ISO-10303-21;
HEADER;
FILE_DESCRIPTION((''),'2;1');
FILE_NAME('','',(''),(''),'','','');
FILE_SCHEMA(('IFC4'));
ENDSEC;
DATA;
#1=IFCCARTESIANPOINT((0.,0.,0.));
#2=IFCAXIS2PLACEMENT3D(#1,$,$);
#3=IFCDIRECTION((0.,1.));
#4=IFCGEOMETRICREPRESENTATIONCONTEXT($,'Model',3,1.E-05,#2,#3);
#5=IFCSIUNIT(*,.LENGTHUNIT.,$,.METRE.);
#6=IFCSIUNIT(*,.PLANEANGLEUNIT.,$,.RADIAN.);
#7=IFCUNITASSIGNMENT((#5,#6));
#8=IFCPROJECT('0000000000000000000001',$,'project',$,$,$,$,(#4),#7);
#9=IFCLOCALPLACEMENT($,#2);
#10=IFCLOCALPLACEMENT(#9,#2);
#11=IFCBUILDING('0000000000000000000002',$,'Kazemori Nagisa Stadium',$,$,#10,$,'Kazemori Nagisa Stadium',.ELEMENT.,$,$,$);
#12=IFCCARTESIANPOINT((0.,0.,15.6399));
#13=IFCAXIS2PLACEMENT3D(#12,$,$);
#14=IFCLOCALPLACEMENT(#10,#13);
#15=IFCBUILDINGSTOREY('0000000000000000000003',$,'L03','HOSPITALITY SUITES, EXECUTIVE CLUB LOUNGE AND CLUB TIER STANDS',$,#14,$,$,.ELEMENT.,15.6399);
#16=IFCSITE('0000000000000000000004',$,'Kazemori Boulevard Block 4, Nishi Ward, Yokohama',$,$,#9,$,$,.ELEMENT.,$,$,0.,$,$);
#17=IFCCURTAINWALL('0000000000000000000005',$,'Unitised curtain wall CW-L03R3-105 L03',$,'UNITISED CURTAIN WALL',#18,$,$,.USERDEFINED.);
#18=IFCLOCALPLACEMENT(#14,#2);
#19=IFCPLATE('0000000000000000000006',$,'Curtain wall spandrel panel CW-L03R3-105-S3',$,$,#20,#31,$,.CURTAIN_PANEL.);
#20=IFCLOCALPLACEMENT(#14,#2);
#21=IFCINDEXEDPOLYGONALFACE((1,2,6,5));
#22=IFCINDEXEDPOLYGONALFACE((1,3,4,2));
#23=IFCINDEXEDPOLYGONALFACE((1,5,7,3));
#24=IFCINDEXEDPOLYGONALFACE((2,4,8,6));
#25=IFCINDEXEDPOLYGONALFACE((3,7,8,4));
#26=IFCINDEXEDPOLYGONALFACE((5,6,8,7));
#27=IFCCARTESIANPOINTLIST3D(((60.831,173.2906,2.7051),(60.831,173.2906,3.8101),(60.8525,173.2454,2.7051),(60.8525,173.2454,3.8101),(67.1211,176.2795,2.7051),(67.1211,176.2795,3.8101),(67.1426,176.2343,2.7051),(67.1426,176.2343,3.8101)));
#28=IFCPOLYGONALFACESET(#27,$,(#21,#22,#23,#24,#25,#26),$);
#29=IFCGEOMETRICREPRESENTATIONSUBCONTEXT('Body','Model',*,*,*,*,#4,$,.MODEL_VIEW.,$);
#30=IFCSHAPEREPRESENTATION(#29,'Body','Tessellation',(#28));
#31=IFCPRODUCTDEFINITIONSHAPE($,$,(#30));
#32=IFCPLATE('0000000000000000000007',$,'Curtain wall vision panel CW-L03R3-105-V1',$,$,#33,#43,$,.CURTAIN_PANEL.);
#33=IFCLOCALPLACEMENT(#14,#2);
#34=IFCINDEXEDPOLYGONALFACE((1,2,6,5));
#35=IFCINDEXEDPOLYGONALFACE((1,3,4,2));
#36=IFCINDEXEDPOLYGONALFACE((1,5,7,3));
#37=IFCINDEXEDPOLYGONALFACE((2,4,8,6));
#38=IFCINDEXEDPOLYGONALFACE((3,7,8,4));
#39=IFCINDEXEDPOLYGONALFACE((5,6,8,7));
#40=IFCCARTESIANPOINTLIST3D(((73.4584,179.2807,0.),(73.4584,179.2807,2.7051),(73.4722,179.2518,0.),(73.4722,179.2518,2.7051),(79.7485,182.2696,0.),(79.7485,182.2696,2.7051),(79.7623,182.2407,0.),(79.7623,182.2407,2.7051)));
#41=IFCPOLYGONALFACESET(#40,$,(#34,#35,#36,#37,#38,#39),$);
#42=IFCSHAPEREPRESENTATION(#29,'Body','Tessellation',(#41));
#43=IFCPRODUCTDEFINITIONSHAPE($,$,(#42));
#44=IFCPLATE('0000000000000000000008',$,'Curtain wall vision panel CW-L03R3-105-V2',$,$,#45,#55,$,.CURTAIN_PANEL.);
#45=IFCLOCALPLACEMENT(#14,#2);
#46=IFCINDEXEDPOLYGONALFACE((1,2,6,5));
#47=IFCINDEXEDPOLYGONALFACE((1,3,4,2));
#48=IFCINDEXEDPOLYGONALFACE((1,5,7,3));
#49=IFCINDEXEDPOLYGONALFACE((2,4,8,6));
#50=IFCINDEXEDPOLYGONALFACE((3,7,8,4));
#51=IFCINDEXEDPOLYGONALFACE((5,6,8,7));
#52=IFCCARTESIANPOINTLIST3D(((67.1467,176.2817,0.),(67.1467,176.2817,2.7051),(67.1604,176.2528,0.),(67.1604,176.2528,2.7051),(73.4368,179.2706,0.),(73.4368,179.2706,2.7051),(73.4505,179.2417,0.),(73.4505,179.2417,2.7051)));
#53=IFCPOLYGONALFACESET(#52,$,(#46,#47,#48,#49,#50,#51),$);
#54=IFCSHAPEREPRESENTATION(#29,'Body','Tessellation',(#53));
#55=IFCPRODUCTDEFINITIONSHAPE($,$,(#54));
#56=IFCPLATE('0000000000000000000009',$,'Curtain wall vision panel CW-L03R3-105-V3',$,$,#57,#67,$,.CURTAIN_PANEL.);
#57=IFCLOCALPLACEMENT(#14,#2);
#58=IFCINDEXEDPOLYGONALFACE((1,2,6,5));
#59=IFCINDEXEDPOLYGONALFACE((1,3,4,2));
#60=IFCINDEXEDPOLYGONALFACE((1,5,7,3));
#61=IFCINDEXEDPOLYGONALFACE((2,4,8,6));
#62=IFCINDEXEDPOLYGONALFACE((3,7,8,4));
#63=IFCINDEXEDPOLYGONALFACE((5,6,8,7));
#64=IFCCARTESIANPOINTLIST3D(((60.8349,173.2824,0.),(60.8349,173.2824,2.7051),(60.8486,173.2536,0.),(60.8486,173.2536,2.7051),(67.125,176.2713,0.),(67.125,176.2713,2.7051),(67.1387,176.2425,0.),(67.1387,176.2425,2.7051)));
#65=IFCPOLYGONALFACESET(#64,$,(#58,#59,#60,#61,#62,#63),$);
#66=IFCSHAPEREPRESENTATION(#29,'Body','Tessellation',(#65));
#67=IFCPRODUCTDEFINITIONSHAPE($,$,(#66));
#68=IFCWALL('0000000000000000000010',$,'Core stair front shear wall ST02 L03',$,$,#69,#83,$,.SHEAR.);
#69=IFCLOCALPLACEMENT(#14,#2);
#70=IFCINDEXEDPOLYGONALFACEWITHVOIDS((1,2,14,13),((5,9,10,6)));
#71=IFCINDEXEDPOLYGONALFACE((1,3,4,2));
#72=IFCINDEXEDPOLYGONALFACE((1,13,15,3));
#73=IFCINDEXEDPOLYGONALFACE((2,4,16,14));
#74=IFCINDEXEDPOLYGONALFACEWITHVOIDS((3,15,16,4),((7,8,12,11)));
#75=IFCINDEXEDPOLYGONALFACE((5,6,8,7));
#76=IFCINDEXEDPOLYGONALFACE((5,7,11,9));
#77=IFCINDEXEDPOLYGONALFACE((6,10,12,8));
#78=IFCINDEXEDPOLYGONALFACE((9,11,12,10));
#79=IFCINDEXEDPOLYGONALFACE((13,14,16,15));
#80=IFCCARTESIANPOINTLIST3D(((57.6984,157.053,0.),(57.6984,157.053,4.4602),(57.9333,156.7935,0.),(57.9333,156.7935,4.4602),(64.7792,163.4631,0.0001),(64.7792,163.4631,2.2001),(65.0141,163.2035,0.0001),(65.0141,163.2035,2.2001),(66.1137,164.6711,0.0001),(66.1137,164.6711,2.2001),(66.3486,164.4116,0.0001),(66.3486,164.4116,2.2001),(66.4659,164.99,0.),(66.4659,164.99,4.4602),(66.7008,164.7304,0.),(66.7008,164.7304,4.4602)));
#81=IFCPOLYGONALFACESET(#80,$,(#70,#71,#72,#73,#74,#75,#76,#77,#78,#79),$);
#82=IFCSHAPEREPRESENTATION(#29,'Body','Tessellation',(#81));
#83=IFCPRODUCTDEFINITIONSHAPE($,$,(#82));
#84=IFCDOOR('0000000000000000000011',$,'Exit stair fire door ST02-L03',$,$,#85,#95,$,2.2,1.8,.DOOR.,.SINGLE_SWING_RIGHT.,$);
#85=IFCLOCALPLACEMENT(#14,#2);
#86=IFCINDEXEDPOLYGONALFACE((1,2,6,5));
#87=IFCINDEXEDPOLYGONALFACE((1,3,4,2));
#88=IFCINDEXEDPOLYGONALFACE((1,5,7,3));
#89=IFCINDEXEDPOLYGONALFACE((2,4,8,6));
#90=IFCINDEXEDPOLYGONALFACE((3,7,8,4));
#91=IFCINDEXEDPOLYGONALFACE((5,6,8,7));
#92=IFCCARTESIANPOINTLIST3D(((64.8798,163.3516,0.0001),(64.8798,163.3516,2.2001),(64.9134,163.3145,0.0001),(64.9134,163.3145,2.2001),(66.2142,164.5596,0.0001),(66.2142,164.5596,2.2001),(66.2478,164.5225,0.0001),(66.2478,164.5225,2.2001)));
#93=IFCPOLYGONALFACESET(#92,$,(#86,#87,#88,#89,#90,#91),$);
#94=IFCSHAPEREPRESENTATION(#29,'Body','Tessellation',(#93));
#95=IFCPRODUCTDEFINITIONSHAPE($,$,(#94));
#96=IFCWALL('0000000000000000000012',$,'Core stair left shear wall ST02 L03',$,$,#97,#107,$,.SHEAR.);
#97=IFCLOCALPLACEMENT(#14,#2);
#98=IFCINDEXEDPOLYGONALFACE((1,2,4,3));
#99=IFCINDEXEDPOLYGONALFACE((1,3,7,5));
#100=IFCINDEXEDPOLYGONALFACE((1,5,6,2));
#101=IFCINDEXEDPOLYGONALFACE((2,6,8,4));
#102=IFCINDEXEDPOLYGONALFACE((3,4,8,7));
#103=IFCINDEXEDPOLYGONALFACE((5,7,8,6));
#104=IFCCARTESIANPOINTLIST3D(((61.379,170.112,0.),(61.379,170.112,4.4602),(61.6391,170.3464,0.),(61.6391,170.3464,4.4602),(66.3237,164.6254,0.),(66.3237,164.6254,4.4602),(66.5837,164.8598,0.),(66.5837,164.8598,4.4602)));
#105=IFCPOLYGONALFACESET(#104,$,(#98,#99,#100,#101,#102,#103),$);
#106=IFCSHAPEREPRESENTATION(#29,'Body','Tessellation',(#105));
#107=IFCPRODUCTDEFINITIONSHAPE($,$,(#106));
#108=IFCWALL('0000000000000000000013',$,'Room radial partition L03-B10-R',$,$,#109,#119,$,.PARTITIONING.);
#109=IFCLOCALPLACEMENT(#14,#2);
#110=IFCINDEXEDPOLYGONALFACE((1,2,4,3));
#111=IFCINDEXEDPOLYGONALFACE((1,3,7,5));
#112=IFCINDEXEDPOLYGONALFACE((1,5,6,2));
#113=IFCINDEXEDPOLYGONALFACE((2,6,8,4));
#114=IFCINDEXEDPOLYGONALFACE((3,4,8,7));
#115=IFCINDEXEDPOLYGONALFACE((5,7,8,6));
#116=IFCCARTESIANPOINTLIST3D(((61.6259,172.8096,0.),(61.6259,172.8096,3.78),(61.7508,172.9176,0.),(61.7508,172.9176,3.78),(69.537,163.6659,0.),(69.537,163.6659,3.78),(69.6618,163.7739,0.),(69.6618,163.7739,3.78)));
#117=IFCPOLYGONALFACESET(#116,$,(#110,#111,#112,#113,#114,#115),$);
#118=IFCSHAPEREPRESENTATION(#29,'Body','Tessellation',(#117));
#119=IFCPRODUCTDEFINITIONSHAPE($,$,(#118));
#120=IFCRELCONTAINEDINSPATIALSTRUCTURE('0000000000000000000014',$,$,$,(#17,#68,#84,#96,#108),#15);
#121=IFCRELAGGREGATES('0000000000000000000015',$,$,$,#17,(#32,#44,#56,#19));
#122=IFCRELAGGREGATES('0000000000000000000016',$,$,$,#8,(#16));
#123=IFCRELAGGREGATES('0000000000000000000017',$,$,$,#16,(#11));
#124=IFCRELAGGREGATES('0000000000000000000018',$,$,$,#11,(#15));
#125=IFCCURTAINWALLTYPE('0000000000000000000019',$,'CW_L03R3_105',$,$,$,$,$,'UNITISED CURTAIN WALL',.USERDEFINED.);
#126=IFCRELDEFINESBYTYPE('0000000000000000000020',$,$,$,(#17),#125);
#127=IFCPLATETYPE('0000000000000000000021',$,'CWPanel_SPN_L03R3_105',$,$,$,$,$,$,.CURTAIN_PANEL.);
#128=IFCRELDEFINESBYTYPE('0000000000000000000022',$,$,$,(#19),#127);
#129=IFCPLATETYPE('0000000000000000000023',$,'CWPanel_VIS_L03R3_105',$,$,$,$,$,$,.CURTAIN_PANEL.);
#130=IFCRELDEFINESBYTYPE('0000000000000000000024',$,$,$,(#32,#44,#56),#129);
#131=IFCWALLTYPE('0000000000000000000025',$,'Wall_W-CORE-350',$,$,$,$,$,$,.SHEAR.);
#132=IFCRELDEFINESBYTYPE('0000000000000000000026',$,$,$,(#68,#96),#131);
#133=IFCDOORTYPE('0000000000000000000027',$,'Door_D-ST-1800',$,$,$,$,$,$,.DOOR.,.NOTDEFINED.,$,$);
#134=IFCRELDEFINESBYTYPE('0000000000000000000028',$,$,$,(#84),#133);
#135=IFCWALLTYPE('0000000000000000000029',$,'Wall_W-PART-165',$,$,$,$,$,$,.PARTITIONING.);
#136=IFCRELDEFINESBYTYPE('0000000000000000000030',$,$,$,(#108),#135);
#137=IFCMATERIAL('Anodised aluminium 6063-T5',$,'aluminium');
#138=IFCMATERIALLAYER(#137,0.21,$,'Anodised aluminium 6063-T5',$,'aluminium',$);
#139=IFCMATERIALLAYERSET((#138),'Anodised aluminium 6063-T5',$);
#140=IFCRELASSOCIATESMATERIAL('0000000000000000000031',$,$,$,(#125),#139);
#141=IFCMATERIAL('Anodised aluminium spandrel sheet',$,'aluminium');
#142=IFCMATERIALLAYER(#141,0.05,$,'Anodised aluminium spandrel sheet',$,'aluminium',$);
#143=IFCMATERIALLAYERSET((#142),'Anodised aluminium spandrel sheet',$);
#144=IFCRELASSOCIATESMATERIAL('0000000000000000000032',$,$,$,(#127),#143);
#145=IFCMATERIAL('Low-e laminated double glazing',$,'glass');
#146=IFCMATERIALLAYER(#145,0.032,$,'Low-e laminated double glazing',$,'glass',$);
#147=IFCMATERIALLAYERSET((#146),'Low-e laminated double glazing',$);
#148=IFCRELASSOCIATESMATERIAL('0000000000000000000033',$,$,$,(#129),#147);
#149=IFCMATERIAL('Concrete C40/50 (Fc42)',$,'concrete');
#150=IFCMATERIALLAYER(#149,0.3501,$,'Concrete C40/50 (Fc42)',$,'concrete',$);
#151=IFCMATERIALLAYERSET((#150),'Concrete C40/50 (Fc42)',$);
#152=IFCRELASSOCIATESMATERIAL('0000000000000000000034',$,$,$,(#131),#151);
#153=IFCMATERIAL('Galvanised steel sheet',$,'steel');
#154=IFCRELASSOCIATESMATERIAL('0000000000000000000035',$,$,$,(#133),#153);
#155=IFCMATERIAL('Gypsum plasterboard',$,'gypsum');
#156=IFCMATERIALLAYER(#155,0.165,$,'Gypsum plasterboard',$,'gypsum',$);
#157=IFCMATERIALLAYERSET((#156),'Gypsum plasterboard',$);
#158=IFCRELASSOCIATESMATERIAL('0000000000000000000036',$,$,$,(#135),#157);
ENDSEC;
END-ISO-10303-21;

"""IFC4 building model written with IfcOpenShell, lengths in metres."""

from ifc_helpers import new_model, si_unit, direction, frame, frame_2d, origin, origin_2d, place, context, subcontext, project, spatial, rectangle, extrude, material, layer, layer_set, type_object, element, fill, aggregate, save


model = new_model("IFC4")

# Units and contexts
model_context = context("Model", 3, precision=1e-05, world=origin(), true_north=direction((0.0, 1.0)))
body_context = subcontext(model_context, "Body", "Model", "MODEL_VIEW")
ifc_project = project(units=[si_unit("LENGTHUNIT", "METRE"), si_unit("PLANEANGLEUNIT", "RADIAN")], contexts=[model_context])

# Site, building, storey
site_placement = place(None, origin())
site = spatial("IfcSite", under=ifc_project, at=site_placement, Name="Kazemori Boulevard Block 4, Nishi Ward, Yokohama", CompositionType="ELEMENT", RefElevation=0.0)
building_placement = place(site_placement, origin())
building = spatial("IfcBuilding", under=site, at=building_placement, Name="Kazemori Nagisa Stadium", LongName="Kazemori Nagisa Stadium", CompositionType="ELEMENT")
storey_placement = place(building_placement, frame((0.0, 0.0, 15.6399)))
storey = spatial("IfcBuildingStorey", under=building, at=storey_placement, Name="L03", Description="HOSPITALITY SUITES, EXECUTIVE CLUB LOUNGE AND CLUB TIER STANDS", CompositionType="ELEMENT", Elevation=15.6399)

# Shared definitions
ifc_material_1 = material(Name="Concrete C40/50 (Fc42)", Category="concrete")

# Curtain wall, plates
ifc_material_2 = material(Name="Anodised aluminium 6063-T5", Category="aluminium")
ifc_layer_1 = layer(ifc_material_2, 0.21, Name="Anodised aluminium 6063-T5", Category="aluminium")
ifc_layer_set_1 = layer_set([ifc_layer_1], Name="Anodised aluminium 6063-T5")
curtain_wall_type = type_object("IfcCurtainWallType", Name="CW_L03R3_105", ElementType="UNITISED CURTAIN WALL", PredefinedType="USERDEFINED", material=ifc_layer_set_1)
curtain_wall_placement = place(storey_placement, origin())
curtain_wall = element("IfcCurtainWall", 1, at=curtain_wall_placement, inside=storey, type_object=curtain_wall_type, Name="Unitised curtain wall CW-L03R3-105 L03", ObjectType="UNITISED CURTAIN WALL", PredefinedType="USERDEFINED")
ifc_material_3 = material(Name="Anodised aluminium spandrel sheet", Category="aluminium")
ifc_layer_2 = layer(ifc_material_3, 0.05, Name="Anodised aluminium spandrel sheet", Category="aluminium")
ifc_layer_set_2 = layer_set([ifc_layer_2], Name="Anodised aluminium spandrel sheet")
plate_type_1 = type_object("IfcPlateType", Name="CWPanel_SPN_L03R3_105", PredefinedType="CURTAIN_PANEL", material=ifc_layer_set_2)
plate_1_placement = place(storey_placement, frame((63.9868, 174.7625, 2.7051), z_axis=(0.0, 0.0, 1.0), x_axis=(-0.903216, -0.429186, 0.0)))
plate_1 = element("IfcPlate", 2, at=plate_1_placement, type_object=plate_type_1, Name="Curtain wall spandrel panel CW-L03R3-105-S3", PredefinedType="CURTAIN_PANEL", context=body_context, shape_type="SweptSolid", body=[
    extrude(rectangle(XDim=6.9641, YDim=0.05, at=origin_2d()), origin(), (0.0, 0.0, 1.0), 1.105),
])
ifc_material_4 = material(Name="Low-e laminated double glazing", Category="glass")
ifc_layer_3 = layer(ifc_material_4, 0.032, Name="Low-e laminated double glazing", Category="glass")
ifc_layer_set_3 = layer_set([ifc_layer_3], Name="Low-e laminated double glazing")
plate_type_2 = type_object("IfcPlateType", Name="CWPanel_VIS_L03R3_105", PredefinedType="CURTAIN_PANEL", material=ifc_layer_set_3)
plate_2_placement = place(storey_placement, frame((76.6104, 180.7607, 0.0), z_axis=(0.0, 0.0, 1.0), x_axis=(-0.903216, -0.429186, 0.0)))
plate_2 = element("IfcPlate", 3, at=plate_2_placement, type_object=plate_type_2, Name="Curtain wall vision panel CW-L03R3-105-V1", PredefinedType="CURTAIN_PANEL", context=body_context, shape_type="SweptSolid", body=[
    extrude(rectangle(XDim=6.9641, YDim=0.032, at=origin_2d()), origin(), (0.0, 0.0, 1.0), 2.7051),
])
plate_3_placement = place(storey_placement, frame((70.2986, 177.7617, 0.0), z_axis=(0.0, 0.0, 1.0), x_axis=(-0.903216, -0.429186, 0.0)))
plate_3 = element("IfcPlate", 4, at=plate_3_placement, type_object=plate_type_2, Name="Curtain wall vision panel CW-L03R3-105-V2", PredefinedType="CURTAIN_PANEL", context=body_context, shape_type="SweptSolid", body=[
    extrude(rectangle(XDim=6.9641, YDim=0.032, at=origin_2d()), origin(), (0.0, 0.0, 1.0), 2.7051),
])
plate_4_placement = place(storey_placement, frame((63.9868, 174.7625, 0.0), z_axis=(0.0, 0.0, 1.0), x_axis=(-0.903216, -0.429186, 0.0)))
plate_4 = element("IfcPlate", 5, at=plate_4_placement, type_object=plate_type_2, Name="Curtain wall vision panel CW-L03R3-105-V3", PredefinedType="CURTAIN_PANEL", context=body_context, shape_type="SweptSolid", body=[
    extrude(rectangle(XDim=6.9641, YDim=0.032, at=origin_2d()), origin(), (0.0, 0.0, 1.0), 2.7051),
])
aggregate(curtain_wall, [plate_2, plate_3, plate_4, plate_1])

# Wall, opening, door
ifc_layer_4 = layer(ifc_material_1, 0.3501, Name="Concrete C40/50 (Fc42)", Category="concrete")
ifc_layer_set_4 = layer_set([ifc_layer_4], Name="Concrete C40/50 (Fc42)")
wall_type_1 = type_object("IfcWallType", Name="Wall_W-CORE-350", PredefinedType="SHEAR", material=ifc_layer_set_4)
wall_1_placement = place(storey_placement, frame((66.5833, 164.8601, 0.0), z_axis=(0.0, 0.0, 1.0), x_axis=(-0.741349, -0.67112, 0.0)))
wall_1 = element("IfcWall", 6, at=wall_1_placement, inside=storey, type_object=wall_type_1, Name="Core stair front shear wall ST02 L03", PredefinedType="SHEAR", context=body_context, shape_type="SweptSolid", body=[
    extrude(rectangle(XDim=11.8264, YDim=0.3501, at=frame_2d((5.9131, 0.0))), origin(), (0.0, 0.0, 1.0), 4.4602),
])
opening_placement = place(wall_1_placement, frame((0.4751, 0.0, 0.0)))
opening = element("IfcOpeningElement", 7, at=opening_placement, cuts=wall_1, PredefinedType="OPENING", context=body_context, shape_type="SweptSolid", body=[
    extrude(rectangle(XDim=1.8, YDim=2.2, at=frame_2d((0.8999, 1.1001))), frame((0.0, 0.1851, 0.0), z_axis=(0.0, -1.0, 0.0), x_axis=(1.0, 0.0, 0.0)), (0.0, 0.0, 1.0), 0.3701),
])
ifc_material_5 = material(Name="Galvanised steel sheet", Category="steel")
door_type = type_object("IfcDoorType", Name="Door_D-ST-1800", OperationType="NOTDEFINED", PredefinedType="DOOR", material=ifc_material_5)
door_placement = place(opening_placement, frame((1.8, 0.0, 0.0), z_axis=(0.0, 0.0, 1.0), x_axis=(-1.0, 0.0, 0.0)))
door = element("IfcDoor", 8, at=door_placement, inside=storey, type_object=door_type, Name="Exit stair fire door ST02-L03", OperationType="SINGLE_SWING_RIGHT", OverallHeight=2.2, OverallWidth=1.8, PredefinedType="DOOR", context=body_context, shape_type="SweptSolid", body=[
    extrude(rectangle(XDim=1.8, YDim=2.2, at=frame_2d((0.8999, 1.1001))), frame((0.0, 0.0249, 0.0), z_axis=(0.0, -1.0, 0.0), x_axis=(1.0, 0.0, 0.0)), (0.0, 0.0, 1.0), 0.05),
])
fill(opening, door)

# Walls
wall_2_placement = place(storey_placement, frame((66.4536, 164.7427, 0.0), z_axis=(0.0, 0.0, 1.0), x_axis=(-0.669463, 0.742845, 0.0)))
element("IfcWall", 9, at=wall_2_placement, inside=storey, type_object=wall_type_1, Name="Core stair left shear wall ST02 L03", PredefinedType="SHEAR", context=body_context, shape_type="SweptSolid", body=[
    extrude(rectangle(XDim=7.386, YDim=0.3501, at=frame_2d((3.6929, 0.0))), origin(), (0.0, 0.0, 1.0), 4.4602),
])
ifc_material_6 = material(Name="Gypsum plasterboard", Category="gypsum")
ifc_layer_5 = layer(ifc_material_6, 0.165, Name="Gypsum plasterboard", Category="gypsum")
ifc_layer_set_5 = layer_set([ifc_layer_5], Name="Gypsum plasterboard")
wall_type_2 = type_object("IfcWallType", Name="Wall_W-PART-165", PredefinedType="PARTITIONING", material=ifc_layer_set_5)
wall_3_placement = place(storey_placement, frame((69.5994, 163.72, 0.0), z_axis=(0.0, 0.0, 1.0), x_axis=(-0.654293, 0.756241, 0.0)))
element("IfcWall", 10, at=wall_3_placement, inside=storey, type_object=wall_type_2, Name="Room radial partition L03-B10-R", PredefinedType="PARTITIONING", context=body_context, shape_type="SweptSolid", body=[
    extrude(rectangle(XDim=12.0911, YDim=0.165, at=frame_2d((6.0454, 0.0))), origin(), (0.0, 0.0, 1.0), 3.78),
])

save(model, "model.ifc")
